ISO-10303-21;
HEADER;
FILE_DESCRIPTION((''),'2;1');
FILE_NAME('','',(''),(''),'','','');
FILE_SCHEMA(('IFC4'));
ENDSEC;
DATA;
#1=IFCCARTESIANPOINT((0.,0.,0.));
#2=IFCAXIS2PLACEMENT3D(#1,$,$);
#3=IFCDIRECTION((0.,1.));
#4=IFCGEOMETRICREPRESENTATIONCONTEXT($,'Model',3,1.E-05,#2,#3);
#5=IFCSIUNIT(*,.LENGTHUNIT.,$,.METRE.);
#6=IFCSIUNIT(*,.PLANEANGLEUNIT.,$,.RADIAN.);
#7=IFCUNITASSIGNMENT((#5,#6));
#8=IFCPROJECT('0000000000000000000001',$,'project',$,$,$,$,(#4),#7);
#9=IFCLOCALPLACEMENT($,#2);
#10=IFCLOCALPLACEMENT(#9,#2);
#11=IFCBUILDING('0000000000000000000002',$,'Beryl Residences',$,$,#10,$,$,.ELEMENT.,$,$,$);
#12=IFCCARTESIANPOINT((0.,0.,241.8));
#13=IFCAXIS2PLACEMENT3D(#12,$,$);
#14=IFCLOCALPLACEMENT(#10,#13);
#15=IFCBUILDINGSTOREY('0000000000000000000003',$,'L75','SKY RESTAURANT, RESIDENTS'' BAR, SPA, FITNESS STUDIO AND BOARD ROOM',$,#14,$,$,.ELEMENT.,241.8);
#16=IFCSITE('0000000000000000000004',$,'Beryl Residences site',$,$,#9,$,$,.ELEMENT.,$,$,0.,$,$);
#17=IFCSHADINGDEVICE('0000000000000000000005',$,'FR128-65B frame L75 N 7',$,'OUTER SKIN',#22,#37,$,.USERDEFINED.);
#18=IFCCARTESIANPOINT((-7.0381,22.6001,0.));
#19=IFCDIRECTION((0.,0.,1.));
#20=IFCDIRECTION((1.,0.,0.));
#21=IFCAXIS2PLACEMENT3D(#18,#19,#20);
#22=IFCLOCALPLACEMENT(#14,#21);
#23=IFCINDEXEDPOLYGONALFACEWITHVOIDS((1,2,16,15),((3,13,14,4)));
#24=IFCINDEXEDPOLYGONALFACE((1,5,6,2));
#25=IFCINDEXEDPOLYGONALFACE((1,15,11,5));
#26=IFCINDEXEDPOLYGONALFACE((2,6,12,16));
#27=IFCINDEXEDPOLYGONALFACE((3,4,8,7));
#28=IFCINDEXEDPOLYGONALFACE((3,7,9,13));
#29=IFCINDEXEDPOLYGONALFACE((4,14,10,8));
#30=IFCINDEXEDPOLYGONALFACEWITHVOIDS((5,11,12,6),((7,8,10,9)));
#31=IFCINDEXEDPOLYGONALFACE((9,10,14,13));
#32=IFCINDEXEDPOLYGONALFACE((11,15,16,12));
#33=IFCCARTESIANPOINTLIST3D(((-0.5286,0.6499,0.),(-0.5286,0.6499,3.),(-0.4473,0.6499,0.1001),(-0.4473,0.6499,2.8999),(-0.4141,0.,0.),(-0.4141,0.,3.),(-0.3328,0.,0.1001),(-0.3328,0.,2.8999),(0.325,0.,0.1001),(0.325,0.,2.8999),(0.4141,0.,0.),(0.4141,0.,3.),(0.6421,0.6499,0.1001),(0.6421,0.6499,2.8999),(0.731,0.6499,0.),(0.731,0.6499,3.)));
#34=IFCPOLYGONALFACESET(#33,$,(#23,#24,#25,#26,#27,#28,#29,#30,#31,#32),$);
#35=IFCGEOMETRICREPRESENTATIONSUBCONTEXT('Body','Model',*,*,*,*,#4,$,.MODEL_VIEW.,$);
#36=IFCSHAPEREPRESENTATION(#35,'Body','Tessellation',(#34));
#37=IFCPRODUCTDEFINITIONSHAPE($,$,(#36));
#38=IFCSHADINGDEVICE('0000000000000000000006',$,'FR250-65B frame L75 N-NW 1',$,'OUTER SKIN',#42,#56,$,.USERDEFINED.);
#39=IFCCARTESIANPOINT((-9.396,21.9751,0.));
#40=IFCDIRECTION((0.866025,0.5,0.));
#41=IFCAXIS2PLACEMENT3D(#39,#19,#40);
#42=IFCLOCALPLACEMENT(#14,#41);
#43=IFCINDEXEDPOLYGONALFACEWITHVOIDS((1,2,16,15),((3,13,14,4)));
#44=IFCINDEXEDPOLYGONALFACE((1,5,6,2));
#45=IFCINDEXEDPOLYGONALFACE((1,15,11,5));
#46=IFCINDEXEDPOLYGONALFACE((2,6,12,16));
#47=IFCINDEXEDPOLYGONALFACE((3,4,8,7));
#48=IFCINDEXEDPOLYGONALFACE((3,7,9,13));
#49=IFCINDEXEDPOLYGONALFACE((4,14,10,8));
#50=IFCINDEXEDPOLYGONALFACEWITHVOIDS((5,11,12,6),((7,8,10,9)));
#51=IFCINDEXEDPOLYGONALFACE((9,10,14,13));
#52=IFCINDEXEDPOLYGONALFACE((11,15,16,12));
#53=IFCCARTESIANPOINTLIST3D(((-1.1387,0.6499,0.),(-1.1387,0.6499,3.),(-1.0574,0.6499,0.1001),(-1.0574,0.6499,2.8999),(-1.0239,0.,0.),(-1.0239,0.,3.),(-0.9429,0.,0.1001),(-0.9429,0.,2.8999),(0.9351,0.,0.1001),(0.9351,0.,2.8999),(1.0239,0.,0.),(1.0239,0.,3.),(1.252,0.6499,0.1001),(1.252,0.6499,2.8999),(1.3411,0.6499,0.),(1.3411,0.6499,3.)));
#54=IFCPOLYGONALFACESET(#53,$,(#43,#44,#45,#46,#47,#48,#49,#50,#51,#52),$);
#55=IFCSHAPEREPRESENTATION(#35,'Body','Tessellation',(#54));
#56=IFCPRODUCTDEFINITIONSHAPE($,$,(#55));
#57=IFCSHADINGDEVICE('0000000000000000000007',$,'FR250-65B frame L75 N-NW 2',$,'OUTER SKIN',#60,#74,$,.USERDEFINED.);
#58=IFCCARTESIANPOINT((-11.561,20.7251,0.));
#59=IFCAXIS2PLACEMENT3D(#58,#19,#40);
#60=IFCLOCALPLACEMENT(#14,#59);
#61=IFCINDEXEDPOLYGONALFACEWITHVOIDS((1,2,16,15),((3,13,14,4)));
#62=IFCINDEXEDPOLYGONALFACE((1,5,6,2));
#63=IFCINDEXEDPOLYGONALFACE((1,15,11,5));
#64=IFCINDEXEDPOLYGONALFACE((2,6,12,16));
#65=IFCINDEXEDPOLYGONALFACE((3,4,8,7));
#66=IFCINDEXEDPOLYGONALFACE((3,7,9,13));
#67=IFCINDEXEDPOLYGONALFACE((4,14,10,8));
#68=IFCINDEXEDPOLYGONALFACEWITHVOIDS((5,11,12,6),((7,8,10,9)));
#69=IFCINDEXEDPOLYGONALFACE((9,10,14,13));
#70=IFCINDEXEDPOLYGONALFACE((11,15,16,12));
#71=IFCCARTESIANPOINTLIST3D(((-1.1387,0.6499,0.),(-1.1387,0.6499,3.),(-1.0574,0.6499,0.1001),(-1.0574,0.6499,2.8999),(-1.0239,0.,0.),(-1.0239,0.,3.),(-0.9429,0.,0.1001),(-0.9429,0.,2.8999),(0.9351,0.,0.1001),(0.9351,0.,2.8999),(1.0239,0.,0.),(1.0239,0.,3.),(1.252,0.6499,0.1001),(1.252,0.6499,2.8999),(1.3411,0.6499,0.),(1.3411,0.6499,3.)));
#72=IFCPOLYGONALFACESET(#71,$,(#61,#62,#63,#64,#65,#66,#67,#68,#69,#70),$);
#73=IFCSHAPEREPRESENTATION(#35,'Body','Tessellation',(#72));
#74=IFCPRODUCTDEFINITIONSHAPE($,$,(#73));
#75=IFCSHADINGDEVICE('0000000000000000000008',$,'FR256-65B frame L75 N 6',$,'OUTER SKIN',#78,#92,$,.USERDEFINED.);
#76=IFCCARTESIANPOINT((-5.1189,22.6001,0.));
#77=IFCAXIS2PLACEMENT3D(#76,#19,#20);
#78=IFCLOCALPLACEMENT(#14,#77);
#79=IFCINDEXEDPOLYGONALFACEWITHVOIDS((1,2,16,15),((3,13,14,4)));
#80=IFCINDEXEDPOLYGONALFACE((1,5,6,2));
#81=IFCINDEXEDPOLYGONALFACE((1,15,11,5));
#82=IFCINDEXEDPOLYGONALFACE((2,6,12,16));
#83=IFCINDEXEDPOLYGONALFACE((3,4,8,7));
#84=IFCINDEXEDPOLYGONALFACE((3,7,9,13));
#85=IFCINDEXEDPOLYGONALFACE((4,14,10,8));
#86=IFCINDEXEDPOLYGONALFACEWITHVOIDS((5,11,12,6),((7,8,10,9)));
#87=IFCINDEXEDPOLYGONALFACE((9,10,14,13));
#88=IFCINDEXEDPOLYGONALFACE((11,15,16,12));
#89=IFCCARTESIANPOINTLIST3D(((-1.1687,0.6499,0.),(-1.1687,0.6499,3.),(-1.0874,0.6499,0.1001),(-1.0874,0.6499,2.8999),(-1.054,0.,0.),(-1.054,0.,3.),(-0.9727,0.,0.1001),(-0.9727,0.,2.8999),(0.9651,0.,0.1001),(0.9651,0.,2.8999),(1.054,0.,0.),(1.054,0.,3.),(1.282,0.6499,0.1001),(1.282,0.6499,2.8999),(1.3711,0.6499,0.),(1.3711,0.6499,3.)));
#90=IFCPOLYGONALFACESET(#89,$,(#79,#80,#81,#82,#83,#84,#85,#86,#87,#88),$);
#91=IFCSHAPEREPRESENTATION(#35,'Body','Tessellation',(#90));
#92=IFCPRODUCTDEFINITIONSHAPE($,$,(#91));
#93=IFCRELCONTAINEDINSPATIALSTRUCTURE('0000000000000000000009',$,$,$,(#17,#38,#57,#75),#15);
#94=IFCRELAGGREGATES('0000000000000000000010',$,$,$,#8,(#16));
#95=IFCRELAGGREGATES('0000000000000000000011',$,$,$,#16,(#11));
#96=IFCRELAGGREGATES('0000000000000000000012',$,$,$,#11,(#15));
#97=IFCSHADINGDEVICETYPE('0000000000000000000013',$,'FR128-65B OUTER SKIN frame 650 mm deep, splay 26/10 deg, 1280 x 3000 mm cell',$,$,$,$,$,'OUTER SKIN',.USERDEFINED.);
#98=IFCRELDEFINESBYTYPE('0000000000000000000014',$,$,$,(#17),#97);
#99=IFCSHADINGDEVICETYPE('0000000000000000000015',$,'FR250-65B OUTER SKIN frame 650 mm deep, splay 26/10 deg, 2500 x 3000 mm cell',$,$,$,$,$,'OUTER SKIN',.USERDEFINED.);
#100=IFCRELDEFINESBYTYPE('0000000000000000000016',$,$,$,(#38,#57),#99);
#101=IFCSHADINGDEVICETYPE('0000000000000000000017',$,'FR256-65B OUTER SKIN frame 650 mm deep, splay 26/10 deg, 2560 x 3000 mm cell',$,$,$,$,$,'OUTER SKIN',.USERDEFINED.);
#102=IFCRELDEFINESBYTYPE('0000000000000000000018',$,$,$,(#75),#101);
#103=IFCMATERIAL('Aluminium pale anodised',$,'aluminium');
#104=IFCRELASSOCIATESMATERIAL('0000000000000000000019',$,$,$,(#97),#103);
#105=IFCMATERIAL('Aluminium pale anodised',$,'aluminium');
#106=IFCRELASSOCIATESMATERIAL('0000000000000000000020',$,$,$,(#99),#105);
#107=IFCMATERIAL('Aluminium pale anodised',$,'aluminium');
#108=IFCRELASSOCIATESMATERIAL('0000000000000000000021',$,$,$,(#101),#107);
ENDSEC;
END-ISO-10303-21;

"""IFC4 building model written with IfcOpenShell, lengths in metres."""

from ifc_helpers import new_model, entity, si_unit, direction, frame, origin, place, context, subcontext, project, spatial, source, transform, mapped, material, type_object, type_shapes, element, save


model = new_model("IFC4")

# Units and contexts
model_context = context("Model", 3, precision=1e-05, world=origin(), true_north=direction((0.0, 1.0)))
body_context = subcontext(model_context, "Body", "Model", "MODEL_VIEW")
ifc_project = project(units=[si_unit("LENGTHUNIT", "METRE"), si_unit("PLANEANGLEUNIT", "RADIAN")], contexts=[model_context])

# Site, building, storey
site_placement = place(None, origin())
site = spatial("IfcSite", under=ifc_project, at=site_placement, Name="Beryl Residences site", CompositionType="ELEMENT", RefElevation=0.0)
building_placement = place(site_placement, origin())
building = spatial("IfcBuilding", under=site, at=building_placement, Name="Beryl Residences", CompositionType="ELEMENT")
storey_placement = place(building_placement, frame((0.0, 0.0, 241.8)))
storey = spatial("IfcBuildingStorey", under=building, at=storey_placement, Name="L75", Description="SKY RESTAURANT, RESIDENTS' BAR, SPA, FITNESS STUDIO AND BOARD ROOM", CompositionType="ELEMENT", Elevation=241.8)

# Shading devices
ifc_material_1 = material(Name="Aluminium pale anodised", Category="aluminium")
shading_device_type_1 = type_object("IfcShadingDeviceType", Name="FR128-65B OUTER SKIN frame 650 mm deep, splay 26/10 deg, 1280 x 3000 mm cell", ElementType="OUTER SKIN", PredefinedType="USERDEFINED", material=ifc_material_1)
cartesian_point_1 = entity("IfcCartesianPoint", [-0.4141, 0.0])
cartesian_point_2 = entity("IfcCartesianPoint", [-0.325, 0.1001])
cartesian_point_3 = entity("IfcCartesianPoint", [-0.731, 0.0])
cartesian_point_4 = entity("IfcCartesianPoint", [-0.6421, 0.1001])
shared_shape_1 = source(origin(), body_context, "Body", "SweptSolid", [
    entity("IfcExtrudedAreaSolidTapered", entity("IfcArbitraryProfileDefWithVoids", "AREA", None, entity("IfcPolyline", [cartesian_point_1, entity("IfcCartesianPoint", [0.4141, 0.0]), entity("IfcCartesianPoint", [0.4141, 3.0]), entity("IfcCartesianPoint", [-0.4141, 3.0]), cartesian_point_1]), [entity("IfcPolyline", [cartesian_point_2, entity("IfcCartesianPoint", [0.3328, 0.1001]), entity("IfcCartesianPoint", [0.3328, 2.8999]), entity("IfcCartesianPoint", [-0.325, 2.8999]), cartesian_point_2])]), entity("IfcAxis2Placement3D", entity("IfcCartesianPoint", [0.0, 0.0, 0.0]), entity("IfcDirection", [0.0, 1.0, 0.0]), entity("IfcDirection", [-1.0, 0.0, 0.0])), entity("IfcDirection", [0.0, 0.0, 1.0]), 0.6499, entity("IfcArbitraryProfileDefWithVoids", "AREA", None, entity("IfcPolyline", [cartesian_point_3, entity("IfcCartesianPoint", [0.5286, 0.0]), entity("IfcCartesianPoint", [0.5286, 3.0]), entity("IfcCartesianPoint", [-0.731, 3.0]), cartesian_point_3]), [entity("IfcPolyline", [cartesian_point_4, entity("IfcCartesianPoint", [0.4473, 0.1001]), entity("IfcCartesianPoint", [0.4473, 2.8999]), entity("IfcCartesianPoint", [-0.6421, 2.8999]), cartesian_point_4])])),
])
type_shapes(shading_device_type_1, [shared_shape_1])
shading_device_1_placement = place(storey_placement, frame((-7.0381, 22.6001, 0.0), z_axis=(0.0, 0.0, 1.0), x_axis=(1.0, 0.0, 0.0)))
element("IfcShadingDevice", 1, at=shading_device_1_placement, inside=storey, type_object=shading_device_type_1, Name="FR128-65B frame L75 N 7", ObjectType="OUTER SKIN", PredefinedType="USERDEFINED", context=body_context, shape_type="MappedRepresentation", body=[
    mapped(shared_shape_1, transform((0.0, 0.0, 0.0))),
])
ifc_material_2 = material(Name="Aluminium pale anodised", Category="aluminium")
shading_device_type_2 = type_object("IfcShadingDeviceType", Name="FR250-65B OUTER SKIN frame 650 mm deep, splay 26/10 deg, 2500 x 3000 mm cell", ElementType="OUTER SKIN", PredefinedType="USERDEFINED", material=ifc_material_2)
cartesian_point_5 = entity("IfcCartesianPoint", [-1.0239, 0.0])
cartesian_point_6 = entity("IfcCartesianPoint", [-0.9351, 0.1001])
cartesian_point_7 = entity("IfcCartesianPoint", [-1.3411, 0.0])
cartesian_point_8 = entity("IfcCartesianPoint", [-1.252, 0.1001])
shared_shape_2 = source(origin(), body_context, "Body", "SweptSolid", [
    entity("IfcExtrudedAreaSolidTapered", entity("IfcArbitraryProfileDefWithVoids", "AREA", None, entity("IfcPolyline", [cartesian_point_5, entity("IfcCartesianPoint", [1.0239, 0.0]), entity("IfcCartesianPoint", [1.0239, 3.0]), entity("IfcCartesianPoint", [-1.0239, 3.0]), cartesian_point_5]), [entity("IfcPolyline", [cartesian_point_6, entity("IfcCartesianPoint", [0.9429, 0.1001]), entity("IfcCartesianPoint", [0.9429, 2.8999]), entity("IfcCartesianPoint", [-0.9351, 2.8999]), cartesian_point_6])]), entity("IfcAxis2Placement3D", entity("IfcCartesianPoint", [0.0, 0.0, 0.0]), entity("IfcDirection", [0.0, 1.0, 0.0]), entity("IfcDirection", [-1.0, 0.0, 0.0])), entity("IfcDirection", [0.0, 0.0, 1.0]), 0.6499, entity("IfcArbitraryProfileDefWithVoids", "AREA", None, entity("IfcPolyline", [cartesian_point_7, entity("IfcCartesianPoint", [1.1387, 0.0]), entity("IfcCartesianPoint", [1.1387, 3.0]), entity("IfcCartesianPoint", [-1.3411, 3.0]), cartesian_point_7]), [entity("IfcPolyline", [cartesian_point_8, entity("IfcCartesianPoint", [1.0574, 0.1001]), entity("IfcCartesianPoint", [1.0574, 2.8999]), entity("IfcCartesianPoint", [-1.252, 2.8999]), cartesian_point_8])])),
])
type_shapes(shading_device_type_2, [shared_shape_2])
for number, where, z_axis, x_axis, name in (
    (2, (-9.396, 21.9751, 0.0), (0.0, 0.0, 1.0), (0.866025, 0.5, 0.0), "FR250-65B frame L75 N-NW 1"),
    (3, (-11.561, 20.7251, 0.0), (0.0, 0.0, 1.0), (0.866025, 0.5, 0.0), "FR250-65B frame L75 N-NW 2"),
):
    element("IfcShadingDevice", number, at=place(storey_placement, frame(where, z_axis=z_axis, x_axis=x_axis)), inside=storey, type_object=shading_device_type_2, Name=name, ObjectType="OUTER SKIN", PredefinedType="USERDEFINED", context=body_context, shape_type="MappedRepresentation", body=[
        mapped(shared_shape_2, transform((0.0, 0.0, 0.0))),
    ])
ifc_material_3 = material(Name="Aluminium pale anodised", Category="aluminium")
shading_device_type_3 = type_object("IfcShadingDeviceType", Name="FR256-65B OUTER SKIN frame 650 mm deep, splay 26/10 deg, 2560 x 3000 mm cell", ElementType="OUTER SKIN", PredefinedType="USERDEFINED", material=ifc_material_3)
cartesian_point_9 = entity("IfcCartesianPoint", [-1.054, 0.0])
cartesian_point_10 = entity("IfcCartesianPoint", [-0.9651, 0.1001])
cartesian_point_11 = entity("IfcCartesianPoint", [-1.3711, 0.0])
cartesian_point_12 = entity("IfcCartesianPoint", [-1.282, 0.1001])
shared_shape_3 = source(origin(), body_context, "Body", "SweptSolid", [
    entity("IfcExtrudedAreaSolidTapered", entity("IfcArbitraryProfileDefWithVoids", "AREA", None, entity("IfcPolyline", [cartesian_point_9, entity("IfcCartesianPoint", [1.054, 0.0]), entity("IfcCartesianPoint", [1.054, 3.0]), entity("IfcCartesianPoint", [-1.054, 3.0]), cartesian_point_9]), [entity("IfcPolyline", [cartesian_point_10, entity("IfcCartesianPoint", [0.9727, 0.1001]), entity("IfcCartesianPoint", [0.9727, 2.8999]), entity("IfcCartesianPoint", [-0.9651, 2.8999]), cartesian_point_10])]), entity("IfcAxis2Placement3D", entity("IfcCartesianPoint", [0.0, 0.0, 0.0]), entity("IfcDirection", [0.0, 1.0, 0.0]), entity("IfcDirection", [-1.0, 0.0, 0.0])), entity("IfcDirection", [0.0, 0.0, 1.0]), 0.6499, entity("IfcArbitraryProfileDefWithVoids", "AREA", None, entity("IfcPolyline", [cartesian_point_11, entity("IfcCartesianPoint", [1.1687, 0.0]), entity("IfcCartesianPoint", [1.1687, 3.0]), entity("IfcCartesianPoint", [-1.3711, 3.0]), cartesian_point_11]), [entity("IfcPolyline", [cartesian_point_12, entity("IfcCartesianPoint", [1.0874, 0.1001]), entity("IfcCartesianPoint", [1.0874, 2.8999]), entity("IfcCartesianPoint", [-1.282, 2.8999]), cartesian_point_12])])),
])
type_shapes(shading_device_type_3, [shared_shape_3])
shading_device_2_placement = place(storey_placement, frame((-5.1189, 22.6001, 0.0), z_axis=(0.0, 0.0, 1.0), x_axis=(1.0, 0.0, 0.0)))
element("IfcShadingDevice", 4, at=shading_device_2_placement, inside=storey, type_object=shading_device_type_3, Name="FR256-65B frame L75 N 6", ObjectType="OUTER SKIN", PredefinedType="USERDEFINED", context=body_context, shape_type="MappedRepresentation", body=[
    mapped(shared_shape_3, transform((0.0, 0.0, 0.0))),
])

save(model, "model.ifc")
